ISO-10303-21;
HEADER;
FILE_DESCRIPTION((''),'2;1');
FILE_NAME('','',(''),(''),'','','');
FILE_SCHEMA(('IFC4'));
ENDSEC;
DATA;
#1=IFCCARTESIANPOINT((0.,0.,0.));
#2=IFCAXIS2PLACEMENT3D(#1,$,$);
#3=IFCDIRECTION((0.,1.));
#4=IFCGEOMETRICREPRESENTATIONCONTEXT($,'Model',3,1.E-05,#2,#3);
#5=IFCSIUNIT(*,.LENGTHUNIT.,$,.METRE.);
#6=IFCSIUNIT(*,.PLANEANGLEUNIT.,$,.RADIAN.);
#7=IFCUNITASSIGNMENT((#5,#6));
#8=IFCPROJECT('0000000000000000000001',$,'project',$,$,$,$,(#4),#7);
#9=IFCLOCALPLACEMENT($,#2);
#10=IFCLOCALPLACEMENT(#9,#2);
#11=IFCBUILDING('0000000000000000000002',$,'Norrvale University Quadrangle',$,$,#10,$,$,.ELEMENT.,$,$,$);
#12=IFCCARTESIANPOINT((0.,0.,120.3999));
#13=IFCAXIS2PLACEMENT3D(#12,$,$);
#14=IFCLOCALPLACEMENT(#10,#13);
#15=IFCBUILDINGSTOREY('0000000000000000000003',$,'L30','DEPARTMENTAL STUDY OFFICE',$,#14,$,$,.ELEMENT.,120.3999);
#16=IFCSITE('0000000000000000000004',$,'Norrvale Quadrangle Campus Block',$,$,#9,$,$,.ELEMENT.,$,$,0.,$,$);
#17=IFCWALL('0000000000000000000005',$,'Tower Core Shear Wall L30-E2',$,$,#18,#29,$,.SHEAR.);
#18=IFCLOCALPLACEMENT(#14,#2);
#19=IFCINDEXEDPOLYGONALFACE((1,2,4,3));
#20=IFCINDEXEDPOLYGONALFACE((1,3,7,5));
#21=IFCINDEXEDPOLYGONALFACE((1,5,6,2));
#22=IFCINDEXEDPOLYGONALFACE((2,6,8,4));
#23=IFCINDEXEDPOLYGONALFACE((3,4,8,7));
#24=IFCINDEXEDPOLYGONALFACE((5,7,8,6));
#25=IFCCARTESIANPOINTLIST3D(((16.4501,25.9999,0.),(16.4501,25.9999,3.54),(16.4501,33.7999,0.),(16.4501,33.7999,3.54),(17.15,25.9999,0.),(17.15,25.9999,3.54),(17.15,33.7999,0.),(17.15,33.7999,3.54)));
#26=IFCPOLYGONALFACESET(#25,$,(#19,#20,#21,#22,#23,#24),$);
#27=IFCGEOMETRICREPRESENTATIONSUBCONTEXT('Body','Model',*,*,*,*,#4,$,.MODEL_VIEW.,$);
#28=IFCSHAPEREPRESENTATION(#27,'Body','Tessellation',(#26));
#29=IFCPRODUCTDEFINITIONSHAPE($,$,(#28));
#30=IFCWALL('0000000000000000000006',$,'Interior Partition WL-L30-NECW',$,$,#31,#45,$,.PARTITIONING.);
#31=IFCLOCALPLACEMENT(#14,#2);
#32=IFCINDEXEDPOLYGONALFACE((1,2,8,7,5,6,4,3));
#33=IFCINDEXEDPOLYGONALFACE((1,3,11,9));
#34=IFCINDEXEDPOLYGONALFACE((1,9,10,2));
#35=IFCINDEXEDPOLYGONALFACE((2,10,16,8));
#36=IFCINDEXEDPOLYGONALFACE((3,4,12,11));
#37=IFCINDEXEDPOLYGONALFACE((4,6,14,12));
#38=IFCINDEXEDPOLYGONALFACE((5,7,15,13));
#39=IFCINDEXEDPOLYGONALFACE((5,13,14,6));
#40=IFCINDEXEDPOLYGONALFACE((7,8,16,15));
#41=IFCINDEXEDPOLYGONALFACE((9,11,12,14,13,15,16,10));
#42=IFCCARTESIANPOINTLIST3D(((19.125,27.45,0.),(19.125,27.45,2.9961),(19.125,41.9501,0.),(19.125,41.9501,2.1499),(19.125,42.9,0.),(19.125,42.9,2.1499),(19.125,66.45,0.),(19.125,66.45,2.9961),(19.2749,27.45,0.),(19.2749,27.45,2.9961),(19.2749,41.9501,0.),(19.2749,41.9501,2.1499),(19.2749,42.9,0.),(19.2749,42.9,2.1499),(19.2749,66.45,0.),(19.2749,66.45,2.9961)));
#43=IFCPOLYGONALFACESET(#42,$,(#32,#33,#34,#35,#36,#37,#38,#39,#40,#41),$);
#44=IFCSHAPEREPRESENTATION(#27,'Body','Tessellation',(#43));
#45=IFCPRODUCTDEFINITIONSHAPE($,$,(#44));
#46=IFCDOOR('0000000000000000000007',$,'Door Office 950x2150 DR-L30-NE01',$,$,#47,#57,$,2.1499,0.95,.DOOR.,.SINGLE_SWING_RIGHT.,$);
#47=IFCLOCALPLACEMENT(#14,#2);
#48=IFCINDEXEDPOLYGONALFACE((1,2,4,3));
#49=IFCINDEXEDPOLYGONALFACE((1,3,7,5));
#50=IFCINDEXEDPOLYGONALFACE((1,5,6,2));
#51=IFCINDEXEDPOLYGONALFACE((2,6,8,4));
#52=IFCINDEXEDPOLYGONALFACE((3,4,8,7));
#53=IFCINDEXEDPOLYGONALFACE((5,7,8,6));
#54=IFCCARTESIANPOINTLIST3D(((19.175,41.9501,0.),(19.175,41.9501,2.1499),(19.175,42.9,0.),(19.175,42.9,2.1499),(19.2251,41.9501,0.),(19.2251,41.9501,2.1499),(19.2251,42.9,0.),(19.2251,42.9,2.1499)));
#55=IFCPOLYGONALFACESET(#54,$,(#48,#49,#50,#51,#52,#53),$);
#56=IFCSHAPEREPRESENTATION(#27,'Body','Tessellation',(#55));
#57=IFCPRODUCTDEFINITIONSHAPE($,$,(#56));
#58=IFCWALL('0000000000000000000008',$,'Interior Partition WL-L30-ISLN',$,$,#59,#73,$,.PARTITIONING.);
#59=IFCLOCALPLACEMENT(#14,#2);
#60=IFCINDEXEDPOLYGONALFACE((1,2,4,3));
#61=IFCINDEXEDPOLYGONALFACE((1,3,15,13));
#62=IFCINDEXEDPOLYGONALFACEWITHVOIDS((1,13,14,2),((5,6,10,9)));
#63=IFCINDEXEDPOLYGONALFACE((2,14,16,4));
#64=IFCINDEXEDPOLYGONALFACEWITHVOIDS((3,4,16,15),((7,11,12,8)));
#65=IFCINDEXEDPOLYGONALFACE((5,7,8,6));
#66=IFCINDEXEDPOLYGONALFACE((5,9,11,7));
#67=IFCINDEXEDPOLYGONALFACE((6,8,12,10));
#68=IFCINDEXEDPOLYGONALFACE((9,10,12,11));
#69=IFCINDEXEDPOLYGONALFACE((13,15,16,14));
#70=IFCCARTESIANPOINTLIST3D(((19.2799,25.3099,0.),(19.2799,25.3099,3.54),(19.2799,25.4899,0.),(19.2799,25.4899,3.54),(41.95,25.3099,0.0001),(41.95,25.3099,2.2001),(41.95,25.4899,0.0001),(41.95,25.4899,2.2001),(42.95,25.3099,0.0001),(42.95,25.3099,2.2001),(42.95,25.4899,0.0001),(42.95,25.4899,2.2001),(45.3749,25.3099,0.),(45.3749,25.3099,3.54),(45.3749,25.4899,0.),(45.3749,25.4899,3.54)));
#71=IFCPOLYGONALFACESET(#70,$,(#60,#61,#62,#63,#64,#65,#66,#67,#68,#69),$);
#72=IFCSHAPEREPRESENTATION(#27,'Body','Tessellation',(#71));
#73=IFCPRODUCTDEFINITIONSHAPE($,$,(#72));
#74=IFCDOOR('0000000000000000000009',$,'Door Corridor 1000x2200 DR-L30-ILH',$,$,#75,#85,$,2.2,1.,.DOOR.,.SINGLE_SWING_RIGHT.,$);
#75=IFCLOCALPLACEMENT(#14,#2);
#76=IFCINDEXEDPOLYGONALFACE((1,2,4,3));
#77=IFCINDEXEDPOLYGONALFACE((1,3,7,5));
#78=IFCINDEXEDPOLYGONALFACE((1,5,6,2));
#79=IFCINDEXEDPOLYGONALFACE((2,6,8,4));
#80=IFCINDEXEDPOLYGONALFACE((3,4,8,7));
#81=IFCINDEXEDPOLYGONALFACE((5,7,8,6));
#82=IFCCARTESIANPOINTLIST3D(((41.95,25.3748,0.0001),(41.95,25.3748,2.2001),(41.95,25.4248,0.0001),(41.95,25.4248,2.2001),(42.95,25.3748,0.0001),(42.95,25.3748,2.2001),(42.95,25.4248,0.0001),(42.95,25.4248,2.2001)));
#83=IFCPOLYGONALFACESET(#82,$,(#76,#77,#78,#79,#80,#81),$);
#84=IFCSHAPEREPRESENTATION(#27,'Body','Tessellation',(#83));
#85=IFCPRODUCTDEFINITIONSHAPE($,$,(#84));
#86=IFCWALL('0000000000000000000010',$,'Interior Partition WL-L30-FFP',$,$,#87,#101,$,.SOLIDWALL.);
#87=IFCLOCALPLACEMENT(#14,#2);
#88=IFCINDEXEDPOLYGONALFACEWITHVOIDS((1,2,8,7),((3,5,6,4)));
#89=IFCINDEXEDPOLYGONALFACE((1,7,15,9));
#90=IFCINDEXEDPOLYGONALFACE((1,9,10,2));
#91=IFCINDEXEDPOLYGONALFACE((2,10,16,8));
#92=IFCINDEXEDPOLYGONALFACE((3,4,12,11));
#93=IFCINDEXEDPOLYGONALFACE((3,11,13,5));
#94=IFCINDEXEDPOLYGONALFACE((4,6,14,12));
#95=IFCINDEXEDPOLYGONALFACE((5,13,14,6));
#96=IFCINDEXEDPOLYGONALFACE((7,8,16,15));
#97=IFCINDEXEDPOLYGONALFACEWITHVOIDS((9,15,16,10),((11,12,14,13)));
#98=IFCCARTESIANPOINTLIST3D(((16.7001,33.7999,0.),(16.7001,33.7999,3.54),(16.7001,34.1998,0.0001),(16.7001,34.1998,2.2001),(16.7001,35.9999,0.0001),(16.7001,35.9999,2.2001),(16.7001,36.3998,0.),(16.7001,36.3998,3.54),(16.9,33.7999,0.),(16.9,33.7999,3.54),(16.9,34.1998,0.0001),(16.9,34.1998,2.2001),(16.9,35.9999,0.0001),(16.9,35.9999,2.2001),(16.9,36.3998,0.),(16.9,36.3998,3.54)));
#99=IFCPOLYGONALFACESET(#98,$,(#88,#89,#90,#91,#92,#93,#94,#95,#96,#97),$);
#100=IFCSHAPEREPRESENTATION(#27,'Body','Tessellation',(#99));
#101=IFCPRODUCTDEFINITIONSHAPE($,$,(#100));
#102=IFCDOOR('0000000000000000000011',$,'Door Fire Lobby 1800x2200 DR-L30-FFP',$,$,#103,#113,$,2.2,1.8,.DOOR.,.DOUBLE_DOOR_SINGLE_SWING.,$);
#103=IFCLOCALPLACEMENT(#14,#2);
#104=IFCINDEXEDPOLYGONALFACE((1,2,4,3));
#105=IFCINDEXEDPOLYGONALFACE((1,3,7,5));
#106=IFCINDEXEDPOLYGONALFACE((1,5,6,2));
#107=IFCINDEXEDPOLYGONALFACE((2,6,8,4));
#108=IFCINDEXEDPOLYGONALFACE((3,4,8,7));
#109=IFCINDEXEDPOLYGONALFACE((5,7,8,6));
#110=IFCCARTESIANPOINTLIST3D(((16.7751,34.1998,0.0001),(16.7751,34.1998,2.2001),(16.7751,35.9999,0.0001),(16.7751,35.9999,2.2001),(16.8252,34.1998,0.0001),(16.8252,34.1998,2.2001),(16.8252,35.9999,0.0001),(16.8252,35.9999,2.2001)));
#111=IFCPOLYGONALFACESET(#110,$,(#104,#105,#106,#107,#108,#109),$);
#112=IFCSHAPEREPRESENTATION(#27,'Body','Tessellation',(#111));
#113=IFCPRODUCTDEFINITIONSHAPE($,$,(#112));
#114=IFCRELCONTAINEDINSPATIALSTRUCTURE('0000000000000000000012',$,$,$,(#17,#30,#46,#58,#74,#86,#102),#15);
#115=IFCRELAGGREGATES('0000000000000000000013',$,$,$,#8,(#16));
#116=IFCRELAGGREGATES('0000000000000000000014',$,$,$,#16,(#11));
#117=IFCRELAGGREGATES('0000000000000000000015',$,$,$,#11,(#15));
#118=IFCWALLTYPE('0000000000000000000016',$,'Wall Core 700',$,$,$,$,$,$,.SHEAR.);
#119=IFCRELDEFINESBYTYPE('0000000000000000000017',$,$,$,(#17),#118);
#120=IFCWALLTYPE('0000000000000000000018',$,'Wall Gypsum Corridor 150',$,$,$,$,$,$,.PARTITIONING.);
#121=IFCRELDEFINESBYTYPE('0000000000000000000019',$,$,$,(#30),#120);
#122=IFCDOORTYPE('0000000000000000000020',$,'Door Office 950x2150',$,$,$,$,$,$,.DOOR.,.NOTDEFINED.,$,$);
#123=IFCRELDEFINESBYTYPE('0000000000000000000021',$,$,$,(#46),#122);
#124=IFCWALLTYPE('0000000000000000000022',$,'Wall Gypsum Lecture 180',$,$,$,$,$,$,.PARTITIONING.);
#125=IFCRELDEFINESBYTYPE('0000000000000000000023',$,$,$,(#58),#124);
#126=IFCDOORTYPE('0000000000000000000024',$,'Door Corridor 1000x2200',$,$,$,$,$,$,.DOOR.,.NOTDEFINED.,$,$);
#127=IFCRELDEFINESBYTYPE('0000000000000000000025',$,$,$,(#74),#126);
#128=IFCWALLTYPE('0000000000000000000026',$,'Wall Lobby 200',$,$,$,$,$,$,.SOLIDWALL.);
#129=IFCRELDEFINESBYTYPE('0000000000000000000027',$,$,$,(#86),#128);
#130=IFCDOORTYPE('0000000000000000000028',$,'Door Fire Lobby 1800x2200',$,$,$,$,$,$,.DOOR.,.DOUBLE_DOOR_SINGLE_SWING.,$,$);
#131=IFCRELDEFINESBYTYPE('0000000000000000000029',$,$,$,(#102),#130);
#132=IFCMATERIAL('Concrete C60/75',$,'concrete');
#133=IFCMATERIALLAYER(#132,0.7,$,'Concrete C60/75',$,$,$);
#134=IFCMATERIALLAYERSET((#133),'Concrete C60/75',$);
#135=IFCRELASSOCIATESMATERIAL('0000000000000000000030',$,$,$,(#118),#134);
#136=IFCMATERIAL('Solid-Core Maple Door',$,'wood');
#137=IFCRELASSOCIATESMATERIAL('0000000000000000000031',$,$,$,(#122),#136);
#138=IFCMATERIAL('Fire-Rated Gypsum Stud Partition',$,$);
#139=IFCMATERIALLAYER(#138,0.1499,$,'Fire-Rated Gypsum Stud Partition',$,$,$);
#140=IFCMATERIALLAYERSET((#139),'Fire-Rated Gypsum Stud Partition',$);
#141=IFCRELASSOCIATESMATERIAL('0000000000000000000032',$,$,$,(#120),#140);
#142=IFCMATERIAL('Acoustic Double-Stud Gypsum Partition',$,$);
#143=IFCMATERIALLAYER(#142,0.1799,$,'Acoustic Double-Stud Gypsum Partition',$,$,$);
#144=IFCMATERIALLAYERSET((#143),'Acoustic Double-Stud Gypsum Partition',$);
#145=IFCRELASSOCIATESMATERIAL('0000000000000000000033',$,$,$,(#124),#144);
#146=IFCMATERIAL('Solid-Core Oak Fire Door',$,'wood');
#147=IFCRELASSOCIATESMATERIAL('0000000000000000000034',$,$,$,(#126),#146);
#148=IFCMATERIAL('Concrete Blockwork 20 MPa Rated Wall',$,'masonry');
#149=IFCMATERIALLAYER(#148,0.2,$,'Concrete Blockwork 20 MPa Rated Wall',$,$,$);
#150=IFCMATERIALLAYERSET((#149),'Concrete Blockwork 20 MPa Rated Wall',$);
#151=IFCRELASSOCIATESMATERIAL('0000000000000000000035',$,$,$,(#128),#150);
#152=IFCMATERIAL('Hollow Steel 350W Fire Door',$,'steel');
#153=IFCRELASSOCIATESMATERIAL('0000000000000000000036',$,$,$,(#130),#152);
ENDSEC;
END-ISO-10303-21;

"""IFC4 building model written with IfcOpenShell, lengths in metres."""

from ifc_helpers import new_model, si_unit, direction, frame, frame_2d, origin, place, context, subcontext, project, spatial, rectangle, extrude, material, layer, layer_set, type_object, element, fill, save


model = new_model("IFC4")

# Units and contexts
model_context = context("Model", 3, precision=1e-05, world=origin(), true_north=direction((0.0, 1.0)))
body_context = subcontext(model_context, "Body", "Model", "MODEL_VIEW")
ifc_project = project(units=[si_unit("LENGTHUNIT", "METRE"), si_unit("PLANEANGLEUNIT", "RADIAN")], contexts=[model_context])

# Site, building, storey
site_placement = place(None, origin())
site = spatial("IfcSite", under=ifc_project, at=site_placement, Name="Norrvale Quadrangle Campus Block", CompositionType="ELEMENT", RefElevation=0.0)
building_placement = place(site_placement, origin())
building = spatial("IfcBuilding", under=site, at=building_placement, Name="Norrvale University Quadrangle", CompositionType="ELEMENT")
storey_placement = place(building_placement, frame((0.0, 0.0, 120.3999)))
storey = spatial("IfcBuildingStorey", under=building, at=storey_placement, Name="L30", Description="DEPARTMENTAL STUDY OFFICE", CompositionType="ELEMENT", Elevation=120.3999)

# Shared definitions
ifc_material_1 = material(Name="Concrete C60/75", Category="concrete")

# Wall
ifc_layer_1 = layer(ifc_material_1, 0.7, Name="Concrete C60/75")
ifc_layer_set_1 = layer_set([ifc_layer_1], Name="Concrete C60/75")
wall_type_1 = type_object("IfcWallType", Name="Wall Core 700", PredefinedType="SHEAR", material=ifc_layer_set_1)
wall_1_placement = place(storey_placement, frame((16.8, 26.0, 0.0), z_axis=(0.0, 0.0, 1.0), x_axis=(0.0, 1.0, 0.0)))
element("IfcWall", 1, at=wall_1_placement, inside=storey, type_object=wall_type_1, Name="Tower Core Shear Wall L30-E2", PredefinedType="SHEAR", context=body_context, shape_type="SweptSolid", body=[
    extrude(rectangle(XDim=7.8, YDim=0.7, at=frame_2d((3.8999, 0.0))), origin(), (0.0, 0.0, 1.0), 3.54),
])

# Walls, openings, doors
ifc_material_2 = material(Name="Solid-Core Maple Door", Category="wood")
door_type_1 = type_object("IfcDoorType", Name="Door Office 950x2150", OperationType="NOTDEFINED", PredefinedType="DOOR", material=ifc_material_2)
ifc_material_3 = material(Name="Fire-Rated Gypsum Stud Partition")
ifc_layer_2 = layer(ifc_material_3, 0.1499, Name="Fire-Rated Gypsum Stud Partition")
ifc_layer_set_2 = layer_set([ifc_layer_2], Name="Fire-Rated Gypsum Stud Partition")
wall_type_2 = type_object("IfcWallType", Name="Wall Gypsum Corridor 150", PredefinedType="PARTITIONING", material=ifc_layer_set_2)
wall_2_placement = place(storey_placement, frame((19.2, 27.45, 0.0), z_axis=(0.0, 0.0, 1.0), x_axis=(0.0, 1.0, 0.0)))
wall_2 = element("IfcWall", 2, at=wall_2_placement, inside=storey, type_object=wall_type_2, Name="Interior Partition WL-L30-NECW", PredefinedType="PARTITIONING", context=body_context, shape_type="SweptSolid", body=[
    extrude(rectangle(XDim=39.0, YDim=0.1499, at=frame_2d((19.5, 0.0))), origin(), (0.0, 0.0, 1.0), 2.9961),
])
opening_1_placement = place(wall_2_placement, frame((14.5, 0.0, 0.0)))
opening_1 = element("IfcOpeningElement", 3, at=opening_1_placement, cuts=wall_2, PredefinedType="OPENING", context=body_context, shape_type="SweptSolid", body=[
    extrude(rectangle(XDim=0.95, YDim=2.1499, at=frame_2d((0.4751, 1.075))), frame((0.0, 0.0869, 0.0), z_axis=(0.0, -1.0, 0.0), x_axis=(1.0, 0.0, 0.0)), (0.0, 0.0, 1.0), 0.1738),
])
door_1_placement = place(opening_1_placement, origin())
door_1 = element("IfcDoor", 4, at=door_1_placement, inside=storey, type_object=door_type_1, Name="Door Office 950x2150 DR-L30-NE01", OperationType="SINGLE_SWING_RIGHT", OverallHeight=2.1499, OverallWidth=0.95, PredefinedType="DOOR", context=body_context, shape_type="SweptSolid", body=[
    extrude(rectangle(XDim=0.95, YDim=2.1499, at=frame_2d((0.4751, 1.075))), frame((0.0, 0.0249, 0.0), z_axis=(0.0, -1.0, 0.0), x_axis=(1.0, 0.0, 0.0)), (0.0, 0.0, 1.0), 0.05),
])
fill(opening_1, door_1)
ifc_material_4 = material(Name="Acoustic Double-Stud Gypsum Partition")
ifc_layer_3 = layer(ifc_material_4, 0.1799, Name="Acoustic Double-Stud Gypsum Partition")
ifc_layer_set_3 = layer_set([ifc_layer_3], Name="Acoustic Double-Stud Gypsum Partition")
wall_type_3 = type_object("IfcWallType", Name="Wall Gypsum Lecture 180", PredefinedType="PARTITIONING", material=ifc_layer_set_3)
wall_3_placement = place(storey_placement, frame((19.28, 25.3999, 0.0), z_axis=(0.0, 0.0, 1.0), x_axis=(1.0, 0.0, 0.0)))
wall_3 = element("IfcWall", 5, at=wall_3_placement, inside=storey, type_object=wall_type_3, Name="Interior Partition WL-L30-ISLN", PredefinedType="PARTITIONING", context=body_context, shape_type="SweptSolid", body=[
    extrude(rectangle(XDim=26.095, YDim=0.1799, at=frame_2d((13.0474, 0.0))), origin(), (0.0, 0.0, 1.0), 3.54),
])
opening_2_placement = place(wall_3_placement, frame((22.6699, 0.0, 0.0)))
opening_2 = element("IfcOpeningElement", 6, at=opening_2_placement, cuts=wall_3, PredefinedType="OPENING", context=body_context, shape_type="SweptSolid", body=[
    extrude(rectangle(XDim=1.0, YDim=2.2, at=frame_2d((0.5, 1.1001))), frame((0.0, 0.1021, 0.0), z_axis=(0.0, -1.0, 0.0), x_axis=(1.0, 0.0, 0.0)), (0.0, 0.0, 1.0), 0.2039),
])
ifc_material_5 = material(Name="Solid-Core Oak Fire Door", Category="wood")
door_type_2 = type_object("IfcDoorType", Name="Door Corridor 1000x2200", OperationType="NOTDEFINED", PredefinedType="DOOR", material=ifc_material_5)
door_2_placement = place(opening_2_placement, origin())
door_2 = element("IfcDoor", 7, at=door_2_placement, inside=storey, type_object=door_type_2, Name="Door Corridor 1000x2200 DR-L30-ILH", OperationType="SINGLE_SWING_RIGHT", OverallHeight=2.2, OverallWidth=1.0, PredefinedType="DOOR", context=body_context, shape_type="SweptSolid", body=[
    extrude(rectangle(XDim=1.0, YDim=2.2, at=frame_2d((0.5, 1.1001))), frame((0.0, 0.0249, 0.0), z_axis=(0.0, -1.0, 0.0), x_axis=(1.0, 0.0, 0.0)), (0.0, 0.0, 1.0), 0.05),
])
fill(opening_2, door_2)
ifc_material_6 = material(Name="Concrete Blockwork 20 MPa Rated Wall", Category="masonry")
ifc_layer_4 = layer(ifc_material_6, 0.2, Name="Concrete Blockwork 20 MPa Rated Wall")
ifc_layer_set_4 = layer_set([ifc_layer_4], Name="Concrete Blockwork 20 MPa Rated Wall")
wall_type_4 = type_object("IfcWallType", Name="Wall Lobby 200", PredefinedType="SOLIDWALL", material=ifc_layer_set_4)
wall_4_placement = place(storey_placement, frame((16.8, 33.8, 0.0), z_axis=(0.0, 0.0, 1.0), x_axis=(0.0, 1.0, 0.0)))
wall_4 = element("IfcWall", 8, at=wall_4_placement, inside=storey, type_object=wall_type_4, Name="Interior Partition WL-L30-FFP", PredefinedType="SOLIDWALL", context=body_context, shape_type="SweptSolid", body=[
    extrude(rectangle(XDim=2.5999, YDim=0.2, at=frame_2d((1.2998, 0.0))), origin(), (0.0, 0.0, 1.0), 3.54),
])
opening_3_placement = place(wall_4_placement, frame((0.3999, 0.0, 0.0)))
opening_3 = element("IfcOpeningElement", 9, at=opening_3_placement, cuts=wall_4, PredefinedType="OPENING", context=body_context, shape_type="SweptSolid", body=[
    extrude(rectangle(XDim=1.8, YDim=2.2, at=frame_2d((0.8999, 1.1001))), frame((0.0, 0.1121, 0.0), z_axis=(0.0, -1.0, 0.0), x_axis=(1.0, 0.0, 0.0)), (0.0, 0.0, 1.0), 0.2239),
])
ifc_material_7 = material(Name="Hollow Steel 350W Fire Door", Category="steel")
door_type_3 = type_object("IfcDoorType", Name="Door Fire Lobby 1800x2200", OperationType="DOUBLE_DOOR_SINGLE_SWING", PredefinedType="DOOR", material=ifc_material_7)
door_3_placement = place(opening_3_placement, origin())
door_3 = element("IfcDoor", 10, at=door_3_placement, inside=storey, type_object=door_type_3, Name="Door Fire Lobby 1800x2200 DR-L30-FFP", OperationType="DOUBLE_DOOR_SINGLE_SWING", OverallHeight=2.2, OverallWidth=1.8, PredefinedType="DOOR", context=body_context, shape_type="SweptSolid", body=[
    extrude(rectangle(XDim=1.8, YDim=2.2, at=frame_2d((0.8999, 1.1001))), frame((0.0, 0.0249, 0.0), z_axis=(0.0, -1.0, 0.0), x_axis=(1.0, 0.0, 0.0)), (0.0, 0.0, 1.0), 0.05),
])
fill(opening_3, door_3)

save(model, "model.ifc")
